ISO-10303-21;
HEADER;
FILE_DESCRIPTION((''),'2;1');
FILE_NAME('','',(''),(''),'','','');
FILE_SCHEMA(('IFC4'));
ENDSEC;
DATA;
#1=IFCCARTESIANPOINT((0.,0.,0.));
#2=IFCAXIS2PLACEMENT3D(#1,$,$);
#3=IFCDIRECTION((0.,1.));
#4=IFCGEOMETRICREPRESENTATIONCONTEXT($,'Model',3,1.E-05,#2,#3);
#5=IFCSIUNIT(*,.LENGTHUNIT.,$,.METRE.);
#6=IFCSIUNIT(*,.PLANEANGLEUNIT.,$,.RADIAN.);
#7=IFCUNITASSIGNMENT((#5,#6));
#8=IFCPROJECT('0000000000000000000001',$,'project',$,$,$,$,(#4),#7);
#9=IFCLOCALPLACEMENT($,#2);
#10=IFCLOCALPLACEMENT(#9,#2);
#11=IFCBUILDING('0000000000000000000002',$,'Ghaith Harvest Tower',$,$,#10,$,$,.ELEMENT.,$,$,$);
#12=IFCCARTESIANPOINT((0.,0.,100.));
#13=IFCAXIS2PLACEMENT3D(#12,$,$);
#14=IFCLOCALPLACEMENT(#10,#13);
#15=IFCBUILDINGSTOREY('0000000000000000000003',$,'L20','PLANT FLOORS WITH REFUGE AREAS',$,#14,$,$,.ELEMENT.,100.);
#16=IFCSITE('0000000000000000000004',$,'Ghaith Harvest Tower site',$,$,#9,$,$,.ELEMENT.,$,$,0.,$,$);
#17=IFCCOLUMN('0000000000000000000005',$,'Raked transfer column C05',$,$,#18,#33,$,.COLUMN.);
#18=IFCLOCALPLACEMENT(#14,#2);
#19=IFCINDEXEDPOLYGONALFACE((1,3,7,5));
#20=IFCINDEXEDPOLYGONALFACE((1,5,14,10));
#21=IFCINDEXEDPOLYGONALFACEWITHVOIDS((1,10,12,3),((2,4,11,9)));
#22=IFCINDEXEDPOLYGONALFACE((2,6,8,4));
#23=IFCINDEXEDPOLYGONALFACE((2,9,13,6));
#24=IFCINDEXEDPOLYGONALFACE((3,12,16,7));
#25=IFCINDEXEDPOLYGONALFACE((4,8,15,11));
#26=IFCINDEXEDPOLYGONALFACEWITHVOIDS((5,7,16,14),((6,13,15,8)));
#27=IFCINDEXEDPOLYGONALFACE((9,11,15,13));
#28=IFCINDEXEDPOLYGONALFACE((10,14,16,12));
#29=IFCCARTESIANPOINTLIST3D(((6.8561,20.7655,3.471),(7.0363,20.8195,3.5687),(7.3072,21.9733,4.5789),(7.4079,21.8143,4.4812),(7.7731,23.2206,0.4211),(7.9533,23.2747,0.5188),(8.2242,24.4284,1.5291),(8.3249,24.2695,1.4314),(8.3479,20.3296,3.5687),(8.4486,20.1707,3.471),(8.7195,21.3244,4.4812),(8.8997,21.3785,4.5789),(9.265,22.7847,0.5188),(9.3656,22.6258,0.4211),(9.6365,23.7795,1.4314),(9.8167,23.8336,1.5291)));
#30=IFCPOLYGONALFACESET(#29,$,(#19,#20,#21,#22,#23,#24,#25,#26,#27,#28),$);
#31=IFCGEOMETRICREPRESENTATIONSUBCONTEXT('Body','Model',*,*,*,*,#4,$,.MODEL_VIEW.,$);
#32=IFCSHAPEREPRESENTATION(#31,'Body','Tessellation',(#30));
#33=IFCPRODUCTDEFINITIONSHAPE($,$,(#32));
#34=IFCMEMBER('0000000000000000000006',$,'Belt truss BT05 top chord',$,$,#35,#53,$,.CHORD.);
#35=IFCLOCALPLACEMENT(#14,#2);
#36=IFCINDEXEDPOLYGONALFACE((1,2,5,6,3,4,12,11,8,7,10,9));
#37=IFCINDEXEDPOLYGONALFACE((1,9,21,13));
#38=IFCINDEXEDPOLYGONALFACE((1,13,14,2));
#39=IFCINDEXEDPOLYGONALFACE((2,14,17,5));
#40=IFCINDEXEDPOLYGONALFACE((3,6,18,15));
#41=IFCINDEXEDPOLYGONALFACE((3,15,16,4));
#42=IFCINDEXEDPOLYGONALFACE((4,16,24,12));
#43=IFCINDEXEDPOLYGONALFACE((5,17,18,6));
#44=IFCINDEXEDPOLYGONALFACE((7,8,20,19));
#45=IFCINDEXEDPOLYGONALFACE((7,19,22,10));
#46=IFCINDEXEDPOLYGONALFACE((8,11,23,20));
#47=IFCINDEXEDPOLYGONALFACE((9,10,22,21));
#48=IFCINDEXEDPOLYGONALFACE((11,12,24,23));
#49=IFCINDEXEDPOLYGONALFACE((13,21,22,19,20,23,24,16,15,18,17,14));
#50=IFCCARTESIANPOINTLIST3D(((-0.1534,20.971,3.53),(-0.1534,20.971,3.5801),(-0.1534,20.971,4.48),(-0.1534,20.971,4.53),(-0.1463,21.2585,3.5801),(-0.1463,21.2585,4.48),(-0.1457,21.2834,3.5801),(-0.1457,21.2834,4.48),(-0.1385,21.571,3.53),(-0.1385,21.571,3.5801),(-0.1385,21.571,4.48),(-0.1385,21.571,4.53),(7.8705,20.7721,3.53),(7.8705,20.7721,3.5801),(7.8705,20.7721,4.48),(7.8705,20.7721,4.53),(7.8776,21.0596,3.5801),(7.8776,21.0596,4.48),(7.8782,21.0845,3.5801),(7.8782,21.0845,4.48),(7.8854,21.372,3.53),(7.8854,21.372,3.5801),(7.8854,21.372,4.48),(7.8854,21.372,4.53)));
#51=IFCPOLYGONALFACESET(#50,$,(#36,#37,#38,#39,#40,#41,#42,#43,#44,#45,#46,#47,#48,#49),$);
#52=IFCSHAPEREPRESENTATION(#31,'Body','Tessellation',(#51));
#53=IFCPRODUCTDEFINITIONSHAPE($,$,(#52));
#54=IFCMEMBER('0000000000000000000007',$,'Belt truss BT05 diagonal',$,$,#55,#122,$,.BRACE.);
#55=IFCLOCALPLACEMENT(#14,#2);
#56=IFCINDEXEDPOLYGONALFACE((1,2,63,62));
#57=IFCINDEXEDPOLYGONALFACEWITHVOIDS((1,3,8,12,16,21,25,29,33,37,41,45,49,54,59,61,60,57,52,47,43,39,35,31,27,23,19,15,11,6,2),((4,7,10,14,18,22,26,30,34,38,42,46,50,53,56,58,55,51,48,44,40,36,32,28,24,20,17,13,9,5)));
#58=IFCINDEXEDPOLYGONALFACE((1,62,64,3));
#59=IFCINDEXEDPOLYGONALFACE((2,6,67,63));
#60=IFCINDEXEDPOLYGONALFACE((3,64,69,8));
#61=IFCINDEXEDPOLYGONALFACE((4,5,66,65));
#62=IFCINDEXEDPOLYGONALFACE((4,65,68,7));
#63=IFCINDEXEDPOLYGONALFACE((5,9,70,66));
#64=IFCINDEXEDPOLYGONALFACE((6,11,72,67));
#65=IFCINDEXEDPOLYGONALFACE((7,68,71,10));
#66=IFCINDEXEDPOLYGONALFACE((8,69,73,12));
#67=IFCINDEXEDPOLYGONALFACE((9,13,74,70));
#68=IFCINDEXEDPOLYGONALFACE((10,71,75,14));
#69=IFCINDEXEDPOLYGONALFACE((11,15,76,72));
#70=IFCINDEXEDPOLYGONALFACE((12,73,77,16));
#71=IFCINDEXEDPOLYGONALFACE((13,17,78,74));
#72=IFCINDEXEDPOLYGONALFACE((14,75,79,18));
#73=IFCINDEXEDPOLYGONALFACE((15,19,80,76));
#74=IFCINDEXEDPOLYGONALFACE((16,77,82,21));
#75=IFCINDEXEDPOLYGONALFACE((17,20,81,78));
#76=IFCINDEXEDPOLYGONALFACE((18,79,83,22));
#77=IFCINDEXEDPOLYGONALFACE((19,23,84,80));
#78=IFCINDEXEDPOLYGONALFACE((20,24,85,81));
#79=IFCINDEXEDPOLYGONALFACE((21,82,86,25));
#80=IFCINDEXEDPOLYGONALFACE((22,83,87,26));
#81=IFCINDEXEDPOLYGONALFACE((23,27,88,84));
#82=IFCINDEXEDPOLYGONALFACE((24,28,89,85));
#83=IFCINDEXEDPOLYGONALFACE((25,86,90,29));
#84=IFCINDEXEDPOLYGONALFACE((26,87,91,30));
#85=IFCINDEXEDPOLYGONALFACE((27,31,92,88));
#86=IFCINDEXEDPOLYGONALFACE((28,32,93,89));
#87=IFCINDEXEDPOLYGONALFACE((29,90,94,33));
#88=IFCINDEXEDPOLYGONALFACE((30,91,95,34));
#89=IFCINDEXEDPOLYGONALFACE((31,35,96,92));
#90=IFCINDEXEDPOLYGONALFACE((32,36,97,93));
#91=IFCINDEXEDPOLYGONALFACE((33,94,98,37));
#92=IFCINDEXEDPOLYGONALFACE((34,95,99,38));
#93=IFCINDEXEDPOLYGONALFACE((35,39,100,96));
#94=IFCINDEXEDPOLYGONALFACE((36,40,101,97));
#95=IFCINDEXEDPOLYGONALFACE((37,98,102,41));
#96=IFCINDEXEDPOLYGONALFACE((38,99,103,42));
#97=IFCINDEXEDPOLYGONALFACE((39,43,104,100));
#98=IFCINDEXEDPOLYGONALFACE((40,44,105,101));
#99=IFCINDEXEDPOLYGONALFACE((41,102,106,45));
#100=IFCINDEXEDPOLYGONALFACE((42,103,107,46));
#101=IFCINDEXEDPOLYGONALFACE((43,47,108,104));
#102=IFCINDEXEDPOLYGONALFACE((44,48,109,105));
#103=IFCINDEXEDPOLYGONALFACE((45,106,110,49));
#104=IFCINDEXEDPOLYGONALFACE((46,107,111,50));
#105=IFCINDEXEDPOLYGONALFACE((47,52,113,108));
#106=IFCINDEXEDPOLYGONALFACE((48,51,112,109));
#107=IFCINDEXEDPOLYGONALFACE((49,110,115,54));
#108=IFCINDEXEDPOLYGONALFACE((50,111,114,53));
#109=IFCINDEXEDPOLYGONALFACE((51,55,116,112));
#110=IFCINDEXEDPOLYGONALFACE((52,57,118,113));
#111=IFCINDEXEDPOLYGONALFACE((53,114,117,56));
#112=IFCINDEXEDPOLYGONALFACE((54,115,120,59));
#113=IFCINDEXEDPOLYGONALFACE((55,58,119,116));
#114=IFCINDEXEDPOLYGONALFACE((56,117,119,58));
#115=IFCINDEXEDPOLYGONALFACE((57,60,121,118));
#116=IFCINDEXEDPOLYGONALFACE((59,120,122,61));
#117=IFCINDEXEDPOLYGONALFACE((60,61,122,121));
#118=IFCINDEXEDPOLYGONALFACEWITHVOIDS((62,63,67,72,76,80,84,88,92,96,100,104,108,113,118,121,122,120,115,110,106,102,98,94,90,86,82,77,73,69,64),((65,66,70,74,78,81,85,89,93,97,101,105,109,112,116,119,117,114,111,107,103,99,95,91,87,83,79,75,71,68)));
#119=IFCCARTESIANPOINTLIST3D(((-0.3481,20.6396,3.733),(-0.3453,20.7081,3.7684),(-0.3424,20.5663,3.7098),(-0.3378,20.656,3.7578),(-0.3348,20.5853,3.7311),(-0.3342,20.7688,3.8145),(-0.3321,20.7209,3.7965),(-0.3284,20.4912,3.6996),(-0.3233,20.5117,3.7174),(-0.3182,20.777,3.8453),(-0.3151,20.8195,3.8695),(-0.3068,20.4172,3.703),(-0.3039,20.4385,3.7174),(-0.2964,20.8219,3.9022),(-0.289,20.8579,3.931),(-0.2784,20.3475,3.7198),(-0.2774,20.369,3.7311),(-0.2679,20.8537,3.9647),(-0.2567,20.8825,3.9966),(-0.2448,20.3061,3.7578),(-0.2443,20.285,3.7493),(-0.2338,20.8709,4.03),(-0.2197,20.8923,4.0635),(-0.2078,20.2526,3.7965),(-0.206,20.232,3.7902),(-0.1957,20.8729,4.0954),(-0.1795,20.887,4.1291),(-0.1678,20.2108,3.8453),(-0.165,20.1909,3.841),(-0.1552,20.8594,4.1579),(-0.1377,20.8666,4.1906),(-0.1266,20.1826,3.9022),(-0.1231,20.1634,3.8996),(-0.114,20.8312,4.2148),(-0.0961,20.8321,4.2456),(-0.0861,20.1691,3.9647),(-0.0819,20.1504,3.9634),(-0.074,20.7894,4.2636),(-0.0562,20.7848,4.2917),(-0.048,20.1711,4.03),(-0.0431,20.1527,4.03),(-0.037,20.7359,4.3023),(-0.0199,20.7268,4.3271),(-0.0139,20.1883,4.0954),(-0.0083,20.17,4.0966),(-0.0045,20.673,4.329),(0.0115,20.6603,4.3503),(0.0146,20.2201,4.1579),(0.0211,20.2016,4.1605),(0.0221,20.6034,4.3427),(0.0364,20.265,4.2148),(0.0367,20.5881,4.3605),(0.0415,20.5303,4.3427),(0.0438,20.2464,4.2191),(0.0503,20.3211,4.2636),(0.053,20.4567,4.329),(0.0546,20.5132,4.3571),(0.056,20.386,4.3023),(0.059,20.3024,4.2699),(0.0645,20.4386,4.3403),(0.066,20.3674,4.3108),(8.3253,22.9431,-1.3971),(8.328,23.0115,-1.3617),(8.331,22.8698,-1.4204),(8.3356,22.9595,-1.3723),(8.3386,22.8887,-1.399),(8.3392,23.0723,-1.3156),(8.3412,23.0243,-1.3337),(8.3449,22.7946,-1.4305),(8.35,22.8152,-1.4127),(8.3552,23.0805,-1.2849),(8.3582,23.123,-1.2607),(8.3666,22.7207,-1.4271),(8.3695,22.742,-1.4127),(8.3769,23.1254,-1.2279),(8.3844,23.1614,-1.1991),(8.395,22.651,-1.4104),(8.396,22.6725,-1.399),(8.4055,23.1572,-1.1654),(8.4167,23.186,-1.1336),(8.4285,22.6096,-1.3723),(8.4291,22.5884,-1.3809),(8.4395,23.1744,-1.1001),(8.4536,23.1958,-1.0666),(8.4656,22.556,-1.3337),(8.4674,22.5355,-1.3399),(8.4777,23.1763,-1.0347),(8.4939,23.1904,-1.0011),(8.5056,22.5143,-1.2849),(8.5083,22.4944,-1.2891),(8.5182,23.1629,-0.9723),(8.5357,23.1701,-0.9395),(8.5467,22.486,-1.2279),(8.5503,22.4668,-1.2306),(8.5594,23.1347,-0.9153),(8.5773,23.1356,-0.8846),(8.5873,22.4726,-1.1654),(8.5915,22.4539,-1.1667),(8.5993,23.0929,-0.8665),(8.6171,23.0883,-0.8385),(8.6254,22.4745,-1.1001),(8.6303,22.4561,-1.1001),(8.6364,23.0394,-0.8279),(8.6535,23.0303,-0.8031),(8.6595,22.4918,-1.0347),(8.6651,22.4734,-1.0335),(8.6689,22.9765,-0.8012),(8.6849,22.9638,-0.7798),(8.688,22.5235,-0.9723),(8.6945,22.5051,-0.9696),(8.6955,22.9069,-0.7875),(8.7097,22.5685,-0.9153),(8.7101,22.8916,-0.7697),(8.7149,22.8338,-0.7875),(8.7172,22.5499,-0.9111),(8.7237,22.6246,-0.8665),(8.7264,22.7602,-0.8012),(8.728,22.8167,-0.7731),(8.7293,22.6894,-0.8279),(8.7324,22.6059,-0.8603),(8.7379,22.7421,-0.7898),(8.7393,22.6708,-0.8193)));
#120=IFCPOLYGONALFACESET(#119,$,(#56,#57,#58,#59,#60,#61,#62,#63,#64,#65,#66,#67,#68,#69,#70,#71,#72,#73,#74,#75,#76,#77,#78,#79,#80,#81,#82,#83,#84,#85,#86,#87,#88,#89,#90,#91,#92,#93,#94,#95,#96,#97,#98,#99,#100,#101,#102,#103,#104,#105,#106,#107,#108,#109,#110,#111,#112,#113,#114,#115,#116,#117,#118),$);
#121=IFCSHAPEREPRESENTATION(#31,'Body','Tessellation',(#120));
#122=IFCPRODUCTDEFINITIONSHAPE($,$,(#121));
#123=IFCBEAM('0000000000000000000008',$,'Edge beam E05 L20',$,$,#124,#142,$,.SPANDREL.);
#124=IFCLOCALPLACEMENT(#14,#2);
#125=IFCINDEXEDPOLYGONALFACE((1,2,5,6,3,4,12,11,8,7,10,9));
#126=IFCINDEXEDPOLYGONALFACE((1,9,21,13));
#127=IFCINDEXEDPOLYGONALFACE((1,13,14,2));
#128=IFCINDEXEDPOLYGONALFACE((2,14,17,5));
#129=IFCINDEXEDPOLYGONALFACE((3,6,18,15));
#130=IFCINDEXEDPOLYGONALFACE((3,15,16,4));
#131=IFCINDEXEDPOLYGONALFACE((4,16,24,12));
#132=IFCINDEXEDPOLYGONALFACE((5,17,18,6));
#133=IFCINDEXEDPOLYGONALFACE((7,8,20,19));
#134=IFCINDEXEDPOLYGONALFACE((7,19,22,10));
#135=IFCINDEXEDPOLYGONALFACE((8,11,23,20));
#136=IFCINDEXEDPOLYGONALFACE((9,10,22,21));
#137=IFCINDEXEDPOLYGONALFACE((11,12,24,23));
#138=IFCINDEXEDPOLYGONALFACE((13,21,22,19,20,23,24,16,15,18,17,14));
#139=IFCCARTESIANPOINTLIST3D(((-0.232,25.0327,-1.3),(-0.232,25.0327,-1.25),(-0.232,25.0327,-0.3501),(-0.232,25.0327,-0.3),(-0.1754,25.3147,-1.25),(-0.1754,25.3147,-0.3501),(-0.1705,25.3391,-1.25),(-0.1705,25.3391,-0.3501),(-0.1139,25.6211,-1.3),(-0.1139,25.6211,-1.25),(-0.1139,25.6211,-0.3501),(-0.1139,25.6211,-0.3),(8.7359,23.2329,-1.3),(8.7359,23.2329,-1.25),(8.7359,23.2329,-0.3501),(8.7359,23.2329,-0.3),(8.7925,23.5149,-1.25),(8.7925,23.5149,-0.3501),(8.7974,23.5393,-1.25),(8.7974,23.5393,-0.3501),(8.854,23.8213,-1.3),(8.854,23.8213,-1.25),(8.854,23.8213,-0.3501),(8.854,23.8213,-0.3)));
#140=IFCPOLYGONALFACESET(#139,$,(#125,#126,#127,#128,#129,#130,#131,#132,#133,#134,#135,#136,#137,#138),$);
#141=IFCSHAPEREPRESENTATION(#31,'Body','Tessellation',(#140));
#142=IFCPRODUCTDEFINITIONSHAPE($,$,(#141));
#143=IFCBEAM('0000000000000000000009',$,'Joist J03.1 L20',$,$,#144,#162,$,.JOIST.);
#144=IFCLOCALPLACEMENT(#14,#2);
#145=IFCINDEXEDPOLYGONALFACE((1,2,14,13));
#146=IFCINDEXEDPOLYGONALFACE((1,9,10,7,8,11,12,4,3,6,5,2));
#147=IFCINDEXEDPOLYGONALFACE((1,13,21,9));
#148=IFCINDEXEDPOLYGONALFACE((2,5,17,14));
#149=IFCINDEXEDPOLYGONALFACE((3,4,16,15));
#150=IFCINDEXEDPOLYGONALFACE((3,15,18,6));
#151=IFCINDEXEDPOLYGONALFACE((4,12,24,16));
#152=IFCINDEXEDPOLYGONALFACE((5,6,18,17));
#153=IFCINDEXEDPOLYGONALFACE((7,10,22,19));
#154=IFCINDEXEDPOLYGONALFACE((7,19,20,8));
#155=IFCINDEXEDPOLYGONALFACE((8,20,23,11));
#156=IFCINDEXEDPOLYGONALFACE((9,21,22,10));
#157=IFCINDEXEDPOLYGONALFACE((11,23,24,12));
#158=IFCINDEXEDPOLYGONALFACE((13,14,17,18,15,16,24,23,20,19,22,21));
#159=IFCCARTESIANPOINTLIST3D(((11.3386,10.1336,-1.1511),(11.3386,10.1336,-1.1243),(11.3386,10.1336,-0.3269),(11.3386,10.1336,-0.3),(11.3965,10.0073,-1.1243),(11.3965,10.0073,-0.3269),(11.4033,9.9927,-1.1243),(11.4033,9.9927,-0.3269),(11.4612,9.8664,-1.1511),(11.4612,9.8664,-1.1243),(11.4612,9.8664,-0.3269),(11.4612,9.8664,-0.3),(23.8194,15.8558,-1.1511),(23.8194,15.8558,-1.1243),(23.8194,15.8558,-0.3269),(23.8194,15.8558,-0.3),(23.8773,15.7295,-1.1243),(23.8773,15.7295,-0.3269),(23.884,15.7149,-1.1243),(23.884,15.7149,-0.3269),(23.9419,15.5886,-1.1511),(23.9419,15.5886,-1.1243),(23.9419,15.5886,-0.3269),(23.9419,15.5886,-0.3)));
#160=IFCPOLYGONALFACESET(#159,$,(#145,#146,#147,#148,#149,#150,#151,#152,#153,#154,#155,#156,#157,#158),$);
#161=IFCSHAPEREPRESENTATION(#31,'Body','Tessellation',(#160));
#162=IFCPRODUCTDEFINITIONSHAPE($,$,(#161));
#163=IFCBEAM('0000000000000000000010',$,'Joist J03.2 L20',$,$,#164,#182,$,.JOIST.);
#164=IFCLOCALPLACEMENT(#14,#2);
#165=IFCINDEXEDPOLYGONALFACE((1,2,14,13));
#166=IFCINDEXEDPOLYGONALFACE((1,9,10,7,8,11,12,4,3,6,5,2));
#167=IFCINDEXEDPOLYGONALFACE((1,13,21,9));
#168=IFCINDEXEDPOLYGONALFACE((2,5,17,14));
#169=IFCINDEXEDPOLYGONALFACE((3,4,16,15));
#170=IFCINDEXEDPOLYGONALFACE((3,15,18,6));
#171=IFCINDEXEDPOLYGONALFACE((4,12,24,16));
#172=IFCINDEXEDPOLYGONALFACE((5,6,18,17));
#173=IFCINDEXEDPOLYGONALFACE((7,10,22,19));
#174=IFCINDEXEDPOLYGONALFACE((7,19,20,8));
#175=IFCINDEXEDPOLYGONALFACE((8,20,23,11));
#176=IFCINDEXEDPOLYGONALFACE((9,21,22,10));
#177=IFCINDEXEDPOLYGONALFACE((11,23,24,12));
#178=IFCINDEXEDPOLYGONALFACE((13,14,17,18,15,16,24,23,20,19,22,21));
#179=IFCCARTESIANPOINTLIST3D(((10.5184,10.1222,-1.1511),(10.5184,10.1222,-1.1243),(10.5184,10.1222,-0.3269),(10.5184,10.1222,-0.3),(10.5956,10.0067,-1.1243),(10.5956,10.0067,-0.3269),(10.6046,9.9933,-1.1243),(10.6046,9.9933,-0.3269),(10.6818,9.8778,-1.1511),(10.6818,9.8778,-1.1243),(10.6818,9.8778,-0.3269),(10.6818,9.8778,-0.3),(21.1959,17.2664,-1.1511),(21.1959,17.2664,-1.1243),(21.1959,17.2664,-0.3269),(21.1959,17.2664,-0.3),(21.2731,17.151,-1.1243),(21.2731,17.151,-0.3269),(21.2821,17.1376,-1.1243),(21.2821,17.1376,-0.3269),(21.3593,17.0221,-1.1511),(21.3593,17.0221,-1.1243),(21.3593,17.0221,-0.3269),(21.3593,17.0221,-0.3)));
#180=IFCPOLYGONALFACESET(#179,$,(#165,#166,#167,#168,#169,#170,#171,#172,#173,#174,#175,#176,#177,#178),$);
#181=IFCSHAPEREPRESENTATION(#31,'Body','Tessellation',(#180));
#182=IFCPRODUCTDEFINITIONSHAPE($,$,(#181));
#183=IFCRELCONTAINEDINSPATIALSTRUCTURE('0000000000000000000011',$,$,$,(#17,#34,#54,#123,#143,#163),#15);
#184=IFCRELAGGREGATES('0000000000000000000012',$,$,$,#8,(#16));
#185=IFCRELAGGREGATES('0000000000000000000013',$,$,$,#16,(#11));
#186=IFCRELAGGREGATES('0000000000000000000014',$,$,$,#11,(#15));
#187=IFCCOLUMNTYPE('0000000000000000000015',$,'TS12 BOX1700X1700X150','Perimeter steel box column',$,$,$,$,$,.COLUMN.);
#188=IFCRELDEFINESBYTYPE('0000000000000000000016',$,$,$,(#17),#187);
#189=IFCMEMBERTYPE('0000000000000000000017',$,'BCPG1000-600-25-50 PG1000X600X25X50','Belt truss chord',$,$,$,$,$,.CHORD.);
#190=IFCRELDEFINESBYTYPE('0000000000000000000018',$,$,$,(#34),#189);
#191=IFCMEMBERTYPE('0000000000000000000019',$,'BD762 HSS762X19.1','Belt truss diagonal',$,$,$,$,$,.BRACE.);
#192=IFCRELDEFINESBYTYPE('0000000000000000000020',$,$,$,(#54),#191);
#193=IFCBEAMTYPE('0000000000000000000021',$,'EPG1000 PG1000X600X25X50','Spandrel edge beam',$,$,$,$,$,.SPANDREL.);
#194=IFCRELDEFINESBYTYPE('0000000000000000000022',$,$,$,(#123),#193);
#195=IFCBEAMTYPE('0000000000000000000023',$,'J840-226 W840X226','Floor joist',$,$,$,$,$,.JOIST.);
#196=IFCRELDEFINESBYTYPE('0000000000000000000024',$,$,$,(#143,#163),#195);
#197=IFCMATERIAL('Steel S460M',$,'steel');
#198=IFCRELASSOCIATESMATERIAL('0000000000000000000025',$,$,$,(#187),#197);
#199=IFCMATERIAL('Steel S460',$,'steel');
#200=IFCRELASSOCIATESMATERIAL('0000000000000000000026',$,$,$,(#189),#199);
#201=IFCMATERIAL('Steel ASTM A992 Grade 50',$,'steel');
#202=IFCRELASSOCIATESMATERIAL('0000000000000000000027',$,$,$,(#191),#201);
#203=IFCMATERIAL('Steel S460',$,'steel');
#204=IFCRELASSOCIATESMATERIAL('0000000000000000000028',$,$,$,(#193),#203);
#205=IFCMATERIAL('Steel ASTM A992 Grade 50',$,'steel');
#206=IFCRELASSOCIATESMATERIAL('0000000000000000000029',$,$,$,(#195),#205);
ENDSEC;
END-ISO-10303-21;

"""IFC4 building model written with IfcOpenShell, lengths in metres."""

from ifc_helpers import new_model, si_unit, direction, frame, origin, origin_2d, place, context, subcontext, project, spatial, hollow_rectangle, hollow_circle, i_section, extrude, material, material_profile, profile_set, type_object, element, save


model = new_model("IFC4")

# Units and contexts
model_context = context("Model", 3, precision=1e-05, world=origin(), true_north=direction((0.0, 1.0)))
body_context = subcontext(model_context, "Body", "Model", "MODEL_VIEW")
ifc_project = project(units=[si_unit("LENGTHUNIT", "METRE"), si_unit("PLANEANGLEUNIT", "RADIAN")], contexts=[model_context])

# Site, building, storey
site_placement = place(None, origin())
site = spatial("IfcSite", under=ifc_project, at=site_placement, Name="Ghaith Harvest Tower site", CompositionType="ELEMENT", RefElevation=0.0)
building_placement = place(site_placement, origin())
building = spatial("IfcBuilding", under=site, at=building_placement, Name="Ghaith Harvest Tower", CompositionType="ELEMENT")
storey_placement = place(building_placement, frame((0.0, 0.0, 100.0)))
storey = spatial("IfcBuildingStorey", under=building, at=storey_placement, Name="L20", Description="PLANT FLOORS WITH REFUGE AREAS", CompositionType="ELEMENT", Elevation=100.0)

# Column
ifc_material_1 = material(Name="Steel S460M", Category="steel")
ifc_material_profile_1 = material_profile(ifc_material_1, hollow_rectangle(XDim=1.7, YDim=1.7, WallThickness=0.1499, at=origin_2d()), Name="BOX1700X1700X150")
ifc_profile_set_1 = profile_set([ifc_material_profile_1], Name="Steel S460M")
column_type = type_object("IfcColumnType", Name="TS12 BOX1700X1700X150", Description="Perimeter steel box column", PredefinedType="COLUMN", material=ifc_profile_set_1)
column_placement = place(storey_placement, frame((8.7949, 23.5271, 0.9751), z_axis=(-0.228043, -0.610542, 0.758442), x_axis=(0.936788, -0.349898, 0.0)))
element("IfcColumn", 1, at=column_placement, inside=storey, type_object=column_type, Name="Raked transfer column C05", PredefinedType="COLUMN", context=body_context, shape_type="SweptSolid", body=[
    extrude(hollow_rectangle(XDim=1.7, YDim=1.7, WallThickness=0.1499, at=origin_2d()), origin(), (0.0, 0.0, 1.0), 4.0212),
])

# Members
ifc_material_2 = material(Name="Steel S460", Category="steel")
ifc_material_profile_2 = material_profile(ifc_material_2, i_section(OverallWidth=0.6001, OverallDepth=1.0, WebThickness=0.0249, FlangeThickness=0.05, at=origin_2d()), Name="PG1000X600X25X50")
ifc_profile_set_2 = profile_set([ifc_material_profile_2], Name="Steel S460")
member_type_1 = type_object("IfcMemberType", Name="BCPG1000-600-25-50 PG1000X600X25X50", Description="Belt truss chord", PredefinedType="CHORD", material=ifc_profile_set_2)
member_1_placement = place(storey_placement, frame((7.8779, 21.072, 4.03), z_axis=(-0.999693, 0.02479, 0.0), x_axis=(-0.02479, -0.999693, 0.0)))
element("IfcMember", 2, at=member_1_placement, inside=storey, type_object=member_type_1, Name="Belt truss BT05 top chord", PredefinedType="CHORD", context=body_context, shape_type="SweptSolid", body=[
    extrude(i_section(OverallWidth=0.6001, OverallDepth=1.0, WebThickness=0.0249, FlangeThickness=0.05, at=origin_2d()), origin(), (0.0, 0.0, 1.0), 8.0264),
])
ifc_material_3 = material(Name="Steel ASTM A992 Grade 50", Category="steel")
ifc_material_profile_3 = material_profile(ifc_material_3, hollow_circle(Radius=0.3811, WallThickness=0.019, at=origin_2d()), Name="HSS762X19.1")
ifc_profile_set_3 = profile_set([ifc_material_profile_3], Name="Steel ASTM A992 Grade 50")
member_type_2 = type_object("IfcMemberType", Name="BD762 HSS762X19.1", Description="Belt truss diagonal", PredefinedType="BRACE", material=ifc_profile_set_3)
member_2_placement = place(storey_placement, frame((8.5325, 22.8245, -1.1001), z_axis=(-0.839068, -0.22284, 0.496294), x_axis=(0.256682, -0.966496, 0.0)))
element("IfcMember", 3, at=member_2_placement, inside=storey, type_object=member_type_2, Name="Belt truss BT05 diagonal", PredefinedType="BRACE", context=body_context, shape_type="SweptSolid", body=[
    extrude(hollow_circle(Radius=0.3811, WallThickness=0.019, at=origin_2d()), origin(), (0.0, 0.0, 1.0), 10.3369),
])

# Beams
ifc_material_4 = material(Name="Steel S460", Category="steel")
ifc_material_profile_4 = material_profile(ifc_material_4, i_section(OverallWidth=0.6001, OverallDepth=1.0, WebThickness=0.0249, FlangeThickness=0.05, at=origin_2d()), Name="PG1000X600X25X50")
ifc_profile_set_4 = profile_set([ifc_material_profile_4], Name="Steel S460")
beam_type_1 = type_object("IfcBeamType", Name="EPG1000 PG1000X600X25X50", Description="Spandrel edge beam", PredefinedType="SPANDREL", material=ifc_profile_set_4)
beam_1_placement = place(storey_placement, frame((8.7949, 23.5271, -0.8), z_axis=(-0.98045, 0.196768, 0.0), x_axis=(-0.196768, -0.98045, 0.0)))
element("IfcBeam", 4, at=beam_1_placement, inside=storey, type_object=beam_type_1, Name="Edge beam E05 L20", PredefinedType="SPANDREL", context=body_context, shape_type="SweptSolid", body=[
    extrude(i_section(OverallWidth=0.6001, OverallDepth=1.0, WebThickness=0.0249, FlangeThickness=0.05, at=origin_2d()), origin(), (0.0, 0.0, 1.0), 9.1467),
])
ifc_material_5 = material(Name="Steel ASTM A992 Grade 50", Category="steel")
ifc_material_profile_5 = material_profile(ifc_material_5, i_section(OverallWidth=0.2939, OverallDepth=0.8511, WebThickness=0.0161, FlangeThickness=0.0269, at=origin_2d()), Name="W840X226")
ifc_profile_set_5 = profile_set([ifc_material_profile_5], Name="Steel ASTM A992 Grade 50")
beam_type_2 = type_object("IfcBeamType", Name="J840-226 W840X226", Description="Floor joist", PredefinedType="JOIST", material=ifc_profile_set_5)
beam_2_placement = place(storey_placement, frame((11.3999, 10.0, -0.7256), z_axis=(0.909014, 0.416766, 0.0), x_axis=(-0.416766, 0.909014, 0.0)))
element("IfcBeam", 5, at=beam_2_placement, inside=storey, type_object=beam_type_2, Name="Joist J03.1 L20", PredefinedType="JOIST", context=body_context, shape_type="SweptSolid", body=[
    extrude(i_section(OverallWidth=0.2939, OverallDepth=0.8511, WebThickness=0.0161, FlangeThickness=0.0269, at=origin_2d()), origin(), (0.0, 0.0, 1.0), 13.73),
])
beam_3_placement = place(storey_placement, frame((10.6001, 10.0, -0.7256), z_axis=(0.831116, 0.556098, 0.0), x_axis=(-0.556098, 0.831116, 0.0)))
element("IfcBeam", 6, at=beam_3_placement, inside=storey, type_object=beam_type_2, Name="Joist J03.2 L20", PredefinedType="JOIST", context=body_context, shape_type="SweptSolid", body=[
    extrude(i_section(OverallWidth=0.2939, OverallDepth=0.8511, WebThickness=0.0161, FlangeThickness=0.0269, at=origin_2d()), origin(), (0.0, 0.0, 1.0), 12.8472),
])

save(model, "model.ifc")
